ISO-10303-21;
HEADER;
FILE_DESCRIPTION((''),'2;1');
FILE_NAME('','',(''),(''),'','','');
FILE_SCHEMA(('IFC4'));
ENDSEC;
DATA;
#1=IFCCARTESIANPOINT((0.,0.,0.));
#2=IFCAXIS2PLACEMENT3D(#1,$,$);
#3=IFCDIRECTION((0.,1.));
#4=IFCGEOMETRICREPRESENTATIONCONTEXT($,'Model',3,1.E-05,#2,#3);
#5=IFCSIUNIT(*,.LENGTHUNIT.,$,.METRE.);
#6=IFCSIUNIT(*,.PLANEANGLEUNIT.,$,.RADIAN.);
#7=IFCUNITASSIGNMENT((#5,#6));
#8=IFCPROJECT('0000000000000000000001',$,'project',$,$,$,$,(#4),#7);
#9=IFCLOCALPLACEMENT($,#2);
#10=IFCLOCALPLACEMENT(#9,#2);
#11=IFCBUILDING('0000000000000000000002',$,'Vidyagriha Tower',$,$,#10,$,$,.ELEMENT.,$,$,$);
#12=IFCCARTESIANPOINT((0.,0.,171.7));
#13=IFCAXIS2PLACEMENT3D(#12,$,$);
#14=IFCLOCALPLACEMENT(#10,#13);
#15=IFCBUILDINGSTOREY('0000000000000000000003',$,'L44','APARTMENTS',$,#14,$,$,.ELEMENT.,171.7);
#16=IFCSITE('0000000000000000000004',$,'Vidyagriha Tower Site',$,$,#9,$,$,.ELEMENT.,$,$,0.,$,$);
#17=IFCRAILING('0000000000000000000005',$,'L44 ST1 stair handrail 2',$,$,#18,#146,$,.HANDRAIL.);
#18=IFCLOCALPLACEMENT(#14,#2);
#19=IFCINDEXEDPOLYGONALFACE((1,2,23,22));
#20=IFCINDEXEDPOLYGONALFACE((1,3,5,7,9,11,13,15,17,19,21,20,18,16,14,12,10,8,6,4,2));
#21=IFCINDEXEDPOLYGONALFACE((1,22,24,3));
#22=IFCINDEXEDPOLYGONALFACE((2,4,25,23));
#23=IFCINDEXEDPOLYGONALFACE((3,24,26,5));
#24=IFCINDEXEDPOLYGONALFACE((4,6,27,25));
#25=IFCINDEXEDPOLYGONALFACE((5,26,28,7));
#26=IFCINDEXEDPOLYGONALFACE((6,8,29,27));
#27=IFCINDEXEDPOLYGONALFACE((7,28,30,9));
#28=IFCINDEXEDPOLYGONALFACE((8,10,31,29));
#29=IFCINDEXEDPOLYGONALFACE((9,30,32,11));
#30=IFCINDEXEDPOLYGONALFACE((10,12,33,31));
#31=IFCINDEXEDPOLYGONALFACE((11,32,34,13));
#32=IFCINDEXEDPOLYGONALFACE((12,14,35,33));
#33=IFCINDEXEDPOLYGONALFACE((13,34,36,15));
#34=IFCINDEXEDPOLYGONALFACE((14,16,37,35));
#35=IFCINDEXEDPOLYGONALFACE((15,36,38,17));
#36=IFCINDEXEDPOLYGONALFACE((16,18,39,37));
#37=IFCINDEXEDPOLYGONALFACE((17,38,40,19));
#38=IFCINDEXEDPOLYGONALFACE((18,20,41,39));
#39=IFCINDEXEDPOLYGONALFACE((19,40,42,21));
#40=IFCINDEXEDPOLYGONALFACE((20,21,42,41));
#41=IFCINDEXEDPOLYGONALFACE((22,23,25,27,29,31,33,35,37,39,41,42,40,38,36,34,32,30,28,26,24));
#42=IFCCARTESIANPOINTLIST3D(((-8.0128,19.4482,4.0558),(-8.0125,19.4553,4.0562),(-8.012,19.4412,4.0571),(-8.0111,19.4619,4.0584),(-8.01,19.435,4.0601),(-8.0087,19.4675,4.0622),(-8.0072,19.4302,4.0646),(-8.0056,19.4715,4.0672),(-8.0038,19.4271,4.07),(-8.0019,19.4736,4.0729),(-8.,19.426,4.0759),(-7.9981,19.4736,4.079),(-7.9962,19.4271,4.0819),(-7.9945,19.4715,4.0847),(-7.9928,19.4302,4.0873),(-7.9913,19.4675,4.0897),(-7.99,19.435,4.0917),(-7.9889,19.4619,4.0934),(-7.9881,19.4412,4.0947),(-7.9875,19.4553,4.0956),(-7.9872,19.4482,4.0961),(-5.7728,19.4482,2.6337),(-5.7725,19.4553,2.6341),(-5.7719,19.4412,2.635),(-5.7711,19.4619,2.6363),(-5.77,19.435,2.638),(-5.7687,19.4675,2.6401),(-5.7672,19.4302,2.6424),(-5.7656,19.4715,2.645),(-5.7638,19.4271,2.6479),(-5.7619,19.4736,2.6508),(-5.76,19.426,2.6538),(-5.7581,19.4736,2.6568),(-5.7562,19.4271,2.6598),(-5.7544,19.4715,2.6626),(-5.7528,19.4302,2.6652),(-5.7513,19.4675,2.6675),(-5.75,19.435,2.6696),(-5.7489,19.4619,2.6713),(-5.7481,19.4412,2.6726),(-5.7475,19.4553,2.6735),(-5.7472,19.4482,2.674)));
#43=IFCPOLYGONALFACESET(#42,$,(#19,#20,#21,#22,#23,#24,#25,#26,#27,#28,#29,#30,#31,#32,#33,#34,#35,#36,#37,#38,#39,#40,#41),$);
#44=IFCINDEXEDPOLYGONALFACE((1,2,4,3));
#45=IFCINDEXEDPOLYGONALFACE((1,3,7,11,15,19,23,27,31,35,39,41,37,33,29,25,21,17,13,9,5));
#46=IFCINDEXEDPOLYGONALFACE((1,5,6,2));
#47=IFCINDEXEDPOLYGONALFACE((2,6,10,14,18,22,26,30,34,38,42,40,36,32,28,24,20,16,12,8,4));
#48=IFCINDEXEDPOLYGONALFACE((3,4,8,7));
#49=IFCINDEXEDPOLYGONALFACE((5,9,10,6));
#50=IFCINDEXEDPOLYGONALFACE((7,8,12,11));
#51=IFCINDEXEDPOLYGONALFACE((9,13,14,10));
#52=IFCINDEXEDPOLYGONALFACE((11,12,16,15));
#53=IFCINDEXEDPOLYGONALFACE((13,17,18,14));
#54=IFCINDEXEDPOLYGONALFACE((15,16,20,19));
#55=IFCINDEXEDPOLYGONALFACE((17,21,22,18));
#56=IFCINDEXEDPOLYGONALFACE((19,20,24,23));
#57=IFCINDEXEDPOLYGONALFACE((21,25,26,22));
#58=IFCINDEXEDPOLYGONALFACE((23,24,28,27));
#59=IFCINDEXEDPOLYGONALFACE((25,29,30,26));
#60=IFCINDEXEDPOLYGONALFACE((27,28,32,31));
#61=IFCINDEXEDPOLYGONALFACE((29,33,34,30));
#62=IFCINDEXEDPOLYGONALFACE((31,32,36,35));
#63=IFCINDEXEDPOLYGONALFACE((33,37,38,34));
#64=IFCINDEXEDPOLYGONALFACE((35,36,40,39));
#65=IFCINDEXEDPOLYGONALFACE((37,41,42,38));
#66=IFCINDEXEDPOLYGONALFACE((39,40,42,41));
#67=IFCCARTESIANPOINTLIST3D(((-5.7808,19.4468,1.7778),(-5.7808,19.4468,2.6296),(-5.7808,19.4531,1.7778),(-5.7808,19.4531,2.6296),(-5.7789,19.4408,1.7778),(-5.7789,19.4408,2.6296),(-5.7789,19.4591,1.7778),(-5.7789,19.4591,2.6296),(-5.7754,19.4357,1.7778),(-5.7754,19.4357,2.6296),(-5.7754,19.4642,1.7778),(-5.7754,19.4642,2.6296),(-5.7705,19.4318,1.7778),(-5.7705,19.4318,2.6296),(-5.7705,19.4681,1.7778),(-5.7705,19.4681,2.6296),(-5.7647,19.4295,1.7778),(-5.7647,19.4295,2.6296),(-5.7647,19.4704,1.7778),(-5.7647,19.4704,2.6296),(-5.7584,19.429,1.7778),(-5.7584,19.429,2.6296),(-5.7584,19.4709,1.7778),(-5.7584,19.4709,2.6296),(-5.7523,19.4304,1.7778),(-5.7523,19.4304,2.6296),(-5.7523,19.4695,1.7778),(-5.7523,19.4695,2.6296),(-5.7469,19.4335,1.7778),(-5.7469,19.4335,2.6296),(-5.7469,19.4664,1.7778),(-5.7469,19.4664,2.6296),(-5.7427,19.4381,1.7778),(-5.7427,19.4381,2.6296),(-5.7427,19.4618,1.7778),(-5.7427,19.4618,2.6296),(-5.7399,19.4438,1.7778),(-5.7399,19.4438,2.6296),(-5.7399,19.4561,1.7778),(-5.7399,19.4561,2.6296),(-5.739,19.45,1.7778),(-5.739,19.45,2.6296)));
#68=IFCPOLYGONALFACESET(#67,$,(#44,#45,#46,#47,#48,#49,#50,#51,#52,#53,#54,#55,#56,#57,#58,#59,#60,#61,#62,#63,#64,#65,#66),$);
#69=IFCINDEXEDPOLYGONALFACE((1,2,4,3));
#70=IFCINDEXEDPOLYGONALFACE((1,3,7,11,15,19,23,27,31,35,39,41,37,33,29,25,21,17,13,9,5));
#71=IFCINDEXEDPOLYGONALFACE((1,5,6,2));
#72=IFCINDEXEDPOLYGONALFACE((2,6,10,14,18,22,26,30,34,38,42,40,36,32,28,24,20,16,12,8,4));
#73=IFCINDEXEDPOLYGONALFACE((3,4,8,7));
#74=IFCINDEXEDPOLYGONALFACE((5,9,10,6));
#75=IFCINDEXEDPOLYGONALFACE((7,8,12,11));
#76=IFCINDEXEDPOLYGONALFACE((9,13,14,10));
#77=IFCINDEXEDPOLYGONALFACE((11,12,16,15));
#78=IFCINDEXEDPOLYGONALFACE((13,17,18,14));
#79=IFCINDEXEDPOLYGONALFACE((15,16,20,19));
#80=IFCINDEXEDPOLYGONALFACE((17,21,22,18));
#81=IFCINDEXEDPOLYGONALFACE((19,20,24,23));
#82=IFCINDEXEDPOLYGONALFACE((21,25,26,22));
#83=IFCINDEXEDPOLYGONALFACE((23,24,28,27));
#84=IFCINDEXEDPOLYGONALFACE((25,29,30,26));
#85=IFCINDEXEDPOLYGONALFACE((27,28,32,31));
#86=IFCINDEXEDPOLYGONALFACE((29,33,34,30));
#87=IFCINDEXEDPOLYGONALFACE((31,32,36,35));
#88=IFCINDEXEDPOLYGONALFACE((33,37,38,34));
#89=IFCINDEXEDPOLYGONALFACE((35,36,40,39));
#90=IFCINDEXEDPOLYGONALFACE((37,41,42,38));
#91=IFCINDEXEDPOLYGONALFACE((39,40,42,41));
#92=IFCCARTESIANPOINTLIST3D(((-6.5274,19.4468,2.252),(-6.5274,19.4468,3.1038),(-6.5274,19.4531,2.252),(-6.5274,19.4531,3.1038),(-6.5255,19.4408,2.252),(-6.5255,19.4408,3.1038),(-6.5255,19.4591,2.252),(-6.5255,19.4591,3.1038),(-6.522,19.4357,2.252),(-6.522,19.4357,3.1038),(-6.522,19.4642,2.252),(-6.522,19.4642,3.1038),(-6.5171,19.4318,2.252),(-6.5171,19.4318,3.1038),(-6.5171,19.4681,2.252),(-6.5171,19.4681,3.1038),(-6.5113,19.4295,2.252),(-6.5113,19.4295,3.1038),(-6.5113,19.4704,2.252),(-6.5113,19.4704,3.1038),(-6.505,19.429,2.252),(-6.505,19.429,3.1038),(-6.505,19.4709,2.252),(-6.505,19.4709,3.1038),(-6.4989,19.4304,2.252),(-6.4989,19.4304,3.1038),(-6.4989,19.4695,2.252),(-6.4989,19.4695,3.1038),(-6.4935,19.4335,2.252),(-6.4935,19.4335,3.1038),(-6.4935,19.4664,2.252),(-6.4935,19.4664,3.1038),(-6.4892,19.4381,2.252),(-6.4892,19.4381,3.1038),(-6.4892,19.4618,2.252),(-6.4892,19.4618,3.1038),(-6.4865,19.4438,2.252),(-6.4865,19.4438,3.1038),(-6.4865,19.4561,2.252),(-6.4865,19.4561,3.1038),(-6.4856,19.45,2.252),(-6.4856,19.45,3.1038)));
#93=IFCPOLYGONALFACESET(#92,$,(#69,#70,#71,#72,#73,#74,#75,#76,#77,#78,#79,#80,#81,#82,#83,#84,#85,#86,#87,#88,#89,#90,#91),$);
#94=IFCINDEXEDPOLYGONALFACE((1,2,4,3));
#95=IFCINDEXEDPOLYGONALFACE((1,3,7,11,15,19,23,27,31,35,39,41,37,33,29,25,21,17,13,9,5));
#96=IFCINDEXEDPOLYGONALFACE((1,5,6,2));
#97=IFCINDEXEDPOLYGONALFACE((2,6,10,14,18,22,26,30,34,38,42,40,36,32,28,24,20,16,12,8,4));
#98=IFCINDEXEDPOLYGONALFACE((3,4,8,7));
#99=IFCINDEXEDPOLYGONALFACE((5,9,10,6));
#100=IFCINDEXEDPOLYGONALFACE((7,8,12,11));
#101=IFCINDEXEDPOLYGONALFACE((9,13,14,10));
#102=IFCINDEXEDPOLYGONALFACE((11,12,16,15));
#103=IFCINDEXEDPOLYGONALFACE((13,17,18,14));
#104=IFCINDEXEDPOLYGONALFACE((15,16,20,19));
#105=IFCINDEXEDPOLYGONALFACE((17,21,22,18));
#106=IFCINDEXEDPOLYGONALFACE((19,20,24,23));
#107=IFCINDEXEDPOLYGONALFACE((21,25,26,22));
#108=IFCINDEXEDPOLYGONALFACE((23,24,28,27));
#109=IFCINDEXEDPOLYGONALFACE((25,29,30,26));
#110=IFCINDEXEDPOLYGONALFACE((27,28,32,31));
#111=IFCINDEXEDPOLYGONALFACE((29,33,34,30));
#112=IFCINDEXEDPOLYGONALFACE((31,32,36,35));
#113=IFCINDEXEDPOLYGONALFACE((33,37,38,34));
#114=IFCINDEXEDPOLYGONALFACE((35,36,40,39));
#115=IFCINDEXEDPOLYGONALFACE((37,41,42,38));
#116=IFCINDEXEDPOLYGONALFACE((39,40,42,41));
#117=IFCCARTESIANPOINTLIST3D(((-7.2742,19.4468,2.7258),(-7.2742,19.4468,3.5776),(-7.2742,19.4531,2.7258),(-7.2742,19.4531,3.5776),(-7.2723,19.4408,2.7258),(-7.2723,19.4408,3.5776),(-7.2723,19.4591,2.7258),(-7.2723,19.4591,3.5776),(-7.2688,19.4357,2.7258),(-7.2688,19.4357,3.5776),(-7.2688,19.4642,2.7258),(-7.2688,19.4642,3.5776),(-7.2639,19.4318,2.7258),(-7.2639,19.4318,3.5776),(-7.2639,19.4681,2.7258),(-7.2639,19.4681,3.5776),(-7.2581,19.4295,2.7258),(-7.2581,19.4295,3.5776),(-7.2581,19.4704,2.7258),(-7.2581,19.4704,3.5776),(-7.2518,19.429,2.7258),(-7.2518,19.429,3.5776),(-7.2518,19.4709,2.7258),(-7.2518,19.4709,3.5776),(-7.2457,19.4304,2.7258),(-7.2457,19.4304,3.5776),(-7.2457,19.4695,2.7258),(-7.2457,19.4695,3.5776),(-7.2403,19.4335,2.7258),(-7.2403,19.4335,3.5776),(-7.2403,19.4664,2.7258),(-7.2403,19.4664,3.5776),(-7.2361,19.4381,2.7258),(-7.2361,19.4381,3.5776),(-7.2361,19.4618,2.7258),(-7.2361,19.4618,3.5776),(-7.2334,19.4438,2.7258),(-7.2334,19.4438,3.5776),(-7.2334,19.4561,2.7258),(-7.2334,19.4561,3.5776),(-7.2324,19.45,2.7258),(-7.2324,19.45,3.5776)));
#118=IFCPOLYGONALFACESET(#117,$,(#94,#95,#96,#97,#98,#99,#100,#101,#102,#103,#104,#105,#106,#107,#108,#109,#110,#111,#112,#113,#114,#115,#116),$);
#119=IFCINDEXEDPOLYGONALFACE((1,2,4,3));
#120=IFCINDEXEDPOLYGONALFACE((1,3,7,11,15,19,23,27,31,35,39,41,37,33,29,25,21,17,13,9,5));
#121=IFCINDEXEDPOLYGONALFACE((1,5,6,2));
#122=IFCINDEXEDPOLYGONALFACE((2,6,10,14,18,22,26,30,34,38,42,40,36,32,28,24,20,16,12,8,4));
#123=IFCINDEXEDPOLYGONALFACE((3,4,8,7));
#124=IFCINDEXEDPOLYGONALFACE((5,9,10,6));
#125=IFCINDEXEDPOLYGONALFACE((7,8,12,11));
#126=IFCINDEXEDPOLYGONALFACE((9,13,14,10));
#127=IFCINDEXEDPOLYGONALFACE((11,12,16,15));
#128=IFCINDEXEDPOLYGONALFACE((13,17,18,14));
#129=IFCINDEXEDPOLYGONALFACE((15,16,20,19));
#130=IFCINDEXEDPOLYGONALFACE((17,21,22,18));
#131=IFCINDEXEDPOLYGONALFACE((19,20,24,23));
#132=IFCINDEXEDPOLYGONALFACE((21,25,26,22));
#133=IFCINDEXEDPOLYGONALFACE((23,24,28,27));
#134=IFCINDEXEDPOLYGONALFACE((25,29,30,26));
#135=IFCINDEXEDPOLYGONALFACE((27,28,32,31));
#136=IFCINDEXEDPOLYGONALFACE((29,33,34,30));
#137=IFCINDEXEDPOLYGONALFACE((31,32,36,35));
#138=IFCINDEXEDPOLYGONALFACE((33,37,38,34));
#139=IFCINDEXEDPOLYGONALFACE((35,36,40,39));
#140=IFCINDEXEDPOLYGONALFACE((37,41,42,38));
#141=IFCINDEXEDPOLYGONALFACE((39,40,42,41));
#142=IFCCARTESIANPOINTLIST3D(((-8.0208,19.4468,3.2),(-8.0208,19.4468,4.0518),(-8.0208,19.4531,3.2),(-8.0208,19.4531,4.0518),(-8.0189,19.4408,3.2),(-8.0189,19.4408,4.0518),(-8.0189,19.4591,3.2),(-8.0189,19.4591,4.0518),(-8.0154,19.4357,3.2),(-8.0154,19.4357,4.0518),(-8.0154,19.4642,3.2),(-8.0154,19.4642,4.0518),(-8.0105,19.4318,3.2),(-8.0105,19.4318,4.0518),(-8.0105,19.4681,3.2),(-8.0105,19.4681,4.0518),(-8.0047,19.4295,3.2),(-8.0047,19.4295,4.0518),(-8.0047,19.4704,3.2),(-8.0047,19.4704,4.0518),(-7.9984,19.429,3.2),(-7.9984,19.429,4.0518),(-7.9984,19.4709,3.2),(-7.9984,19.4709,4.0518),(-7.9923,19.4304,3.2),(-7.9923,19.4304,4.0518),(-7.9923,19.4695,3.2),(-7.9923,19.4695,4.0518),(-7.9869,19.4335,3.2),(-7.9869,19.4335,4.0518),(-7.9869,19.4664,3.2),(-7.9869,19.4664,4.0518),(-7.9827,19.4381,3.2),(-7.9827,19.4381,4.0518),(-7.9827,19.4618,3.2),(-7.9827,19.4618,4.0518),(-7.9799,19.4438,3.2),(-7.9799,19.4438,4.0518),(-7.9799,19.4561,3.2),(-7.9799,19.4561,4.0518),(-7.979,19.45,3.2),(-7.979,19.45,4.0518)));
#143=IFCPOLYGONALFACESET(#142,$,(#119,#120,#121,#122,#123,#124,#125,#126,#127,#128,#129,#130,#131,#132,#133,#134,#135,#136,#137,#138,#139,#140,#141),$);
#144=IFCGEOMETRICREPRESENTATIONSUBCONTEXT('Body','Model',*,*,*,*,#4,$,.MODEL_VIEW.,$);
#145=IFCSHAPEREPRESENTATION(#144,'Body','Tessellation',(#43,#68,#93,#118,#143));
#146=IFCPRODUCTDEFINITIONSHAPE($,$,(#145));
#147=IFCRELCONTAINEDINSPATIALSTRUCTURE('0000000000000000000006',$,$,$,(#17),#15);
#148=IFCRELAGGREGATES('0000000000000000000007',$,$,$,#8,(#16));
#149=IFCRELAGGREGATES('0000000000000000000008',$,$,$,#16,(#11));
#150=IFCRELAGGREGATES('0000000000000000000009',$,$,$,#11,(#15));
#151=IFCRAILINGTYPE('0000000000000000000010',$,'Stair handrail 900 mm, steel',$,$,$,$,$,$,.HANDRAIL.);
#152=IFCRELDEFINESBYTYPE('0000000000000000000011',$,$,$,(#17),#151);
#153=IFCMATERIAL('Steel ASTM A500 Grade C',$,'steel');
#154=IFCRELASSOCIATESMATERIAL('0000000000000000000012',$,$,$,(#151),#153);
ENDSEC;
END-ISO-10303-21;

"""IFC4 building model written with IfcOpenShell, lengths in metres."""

from ifc_helpers import new_model, si_unit, direction, frame, origin, origin_2d, place, context, subcontext, project, spatial, circle, extrude, material, type_object, element, save


model = new_model("IFC4")

# Units and contexts
model_context = context("Model", 3, precision=1e-05, world=origin(), true_north=direction((0.0, 1.0)))
body_context = subcontext(model_context, "Body", "Model", "MODEL_VIEW")
ifc_project = project(units=[si_unit("LENGTHUNIT", "METRE"), si_unit("PLANEANGLEUNIT", "RADIAN")], contexts=[model_context])

# Site, building, storey
site_placement = place(None, origin())
site = spatial("IfcSite", under=ifc_project, at=site_placement, Name="Vidyagriha Tower Site", CompositionType="ELEMENT", RefElevation=0.0)
building_placement = place(site_placement, origin())
building = spatial("IfcBuilding", under=site, at=building_placement, Name="Vidyagriha Tower", CompositionType="ELEMENT")
storey_placement = place(building_placement, frame((0.0, 0.0, 171.7)))
storey = spatial("IfcBuildingStorey", under=building, at=storey_placement, Name="L44", Description="APARTMENTS", CompositionType="ELEMENT", Elevation=171.7)

# Railing
ifc_material_1 = material(Name="Steel ASTM A500 Grade C", Category="steel")
railing_type_1 = type_object("IfcRailingType", Name="Stair handrail 900 mm, steel", PredefinedType="HANDRAIL", material=ifc_material_1)
railing_1_placement = place(storey_placement, frame((-5.76, 19.45, 1.7778)))
element("IfcRailing", 1, at=railing_1_placement, inside=storey, type_object=railing_type_1, Name="L44 ST1 stair handrail 2", PredefinedType="HANDRAIL", context=body_context, shape_type="SweptSolid", body=[
    extrude(circle(Radius=0.0239, at=origin_2d()), frame((0.0, 0.0, 0.876), z_axis=(-0.844229, 0.0, 0.535982), x_axis=(0.0, -1.0, 0.0)), (0.0, 0.0, 1.0), 2.6533),
    extrude(circle(Radius=0.021, at=origin_2d()), origin(), (0.0, 0.0, 1.0), 0.8518),
    extrude(circle(Radius=0.021, at=origin_2d()), frame((-0.7466, 0.0, 0.4741)), (0.0, 0.0, 1.0), 0.8518),
    extrude(circle(Radius=0.021, at=origin_2d()), frame((-1.4934, 0.0, 0.948)), (0.0, 0.0, 1.0), 0.8518),
    extrude(circle(Radius=0.021, at=origin_2d()), frame((-2.24, 0.0, 1.4221)), (0.0, 0.0, 1.0), 0.8518),
])

save(model, "model.ifc")
